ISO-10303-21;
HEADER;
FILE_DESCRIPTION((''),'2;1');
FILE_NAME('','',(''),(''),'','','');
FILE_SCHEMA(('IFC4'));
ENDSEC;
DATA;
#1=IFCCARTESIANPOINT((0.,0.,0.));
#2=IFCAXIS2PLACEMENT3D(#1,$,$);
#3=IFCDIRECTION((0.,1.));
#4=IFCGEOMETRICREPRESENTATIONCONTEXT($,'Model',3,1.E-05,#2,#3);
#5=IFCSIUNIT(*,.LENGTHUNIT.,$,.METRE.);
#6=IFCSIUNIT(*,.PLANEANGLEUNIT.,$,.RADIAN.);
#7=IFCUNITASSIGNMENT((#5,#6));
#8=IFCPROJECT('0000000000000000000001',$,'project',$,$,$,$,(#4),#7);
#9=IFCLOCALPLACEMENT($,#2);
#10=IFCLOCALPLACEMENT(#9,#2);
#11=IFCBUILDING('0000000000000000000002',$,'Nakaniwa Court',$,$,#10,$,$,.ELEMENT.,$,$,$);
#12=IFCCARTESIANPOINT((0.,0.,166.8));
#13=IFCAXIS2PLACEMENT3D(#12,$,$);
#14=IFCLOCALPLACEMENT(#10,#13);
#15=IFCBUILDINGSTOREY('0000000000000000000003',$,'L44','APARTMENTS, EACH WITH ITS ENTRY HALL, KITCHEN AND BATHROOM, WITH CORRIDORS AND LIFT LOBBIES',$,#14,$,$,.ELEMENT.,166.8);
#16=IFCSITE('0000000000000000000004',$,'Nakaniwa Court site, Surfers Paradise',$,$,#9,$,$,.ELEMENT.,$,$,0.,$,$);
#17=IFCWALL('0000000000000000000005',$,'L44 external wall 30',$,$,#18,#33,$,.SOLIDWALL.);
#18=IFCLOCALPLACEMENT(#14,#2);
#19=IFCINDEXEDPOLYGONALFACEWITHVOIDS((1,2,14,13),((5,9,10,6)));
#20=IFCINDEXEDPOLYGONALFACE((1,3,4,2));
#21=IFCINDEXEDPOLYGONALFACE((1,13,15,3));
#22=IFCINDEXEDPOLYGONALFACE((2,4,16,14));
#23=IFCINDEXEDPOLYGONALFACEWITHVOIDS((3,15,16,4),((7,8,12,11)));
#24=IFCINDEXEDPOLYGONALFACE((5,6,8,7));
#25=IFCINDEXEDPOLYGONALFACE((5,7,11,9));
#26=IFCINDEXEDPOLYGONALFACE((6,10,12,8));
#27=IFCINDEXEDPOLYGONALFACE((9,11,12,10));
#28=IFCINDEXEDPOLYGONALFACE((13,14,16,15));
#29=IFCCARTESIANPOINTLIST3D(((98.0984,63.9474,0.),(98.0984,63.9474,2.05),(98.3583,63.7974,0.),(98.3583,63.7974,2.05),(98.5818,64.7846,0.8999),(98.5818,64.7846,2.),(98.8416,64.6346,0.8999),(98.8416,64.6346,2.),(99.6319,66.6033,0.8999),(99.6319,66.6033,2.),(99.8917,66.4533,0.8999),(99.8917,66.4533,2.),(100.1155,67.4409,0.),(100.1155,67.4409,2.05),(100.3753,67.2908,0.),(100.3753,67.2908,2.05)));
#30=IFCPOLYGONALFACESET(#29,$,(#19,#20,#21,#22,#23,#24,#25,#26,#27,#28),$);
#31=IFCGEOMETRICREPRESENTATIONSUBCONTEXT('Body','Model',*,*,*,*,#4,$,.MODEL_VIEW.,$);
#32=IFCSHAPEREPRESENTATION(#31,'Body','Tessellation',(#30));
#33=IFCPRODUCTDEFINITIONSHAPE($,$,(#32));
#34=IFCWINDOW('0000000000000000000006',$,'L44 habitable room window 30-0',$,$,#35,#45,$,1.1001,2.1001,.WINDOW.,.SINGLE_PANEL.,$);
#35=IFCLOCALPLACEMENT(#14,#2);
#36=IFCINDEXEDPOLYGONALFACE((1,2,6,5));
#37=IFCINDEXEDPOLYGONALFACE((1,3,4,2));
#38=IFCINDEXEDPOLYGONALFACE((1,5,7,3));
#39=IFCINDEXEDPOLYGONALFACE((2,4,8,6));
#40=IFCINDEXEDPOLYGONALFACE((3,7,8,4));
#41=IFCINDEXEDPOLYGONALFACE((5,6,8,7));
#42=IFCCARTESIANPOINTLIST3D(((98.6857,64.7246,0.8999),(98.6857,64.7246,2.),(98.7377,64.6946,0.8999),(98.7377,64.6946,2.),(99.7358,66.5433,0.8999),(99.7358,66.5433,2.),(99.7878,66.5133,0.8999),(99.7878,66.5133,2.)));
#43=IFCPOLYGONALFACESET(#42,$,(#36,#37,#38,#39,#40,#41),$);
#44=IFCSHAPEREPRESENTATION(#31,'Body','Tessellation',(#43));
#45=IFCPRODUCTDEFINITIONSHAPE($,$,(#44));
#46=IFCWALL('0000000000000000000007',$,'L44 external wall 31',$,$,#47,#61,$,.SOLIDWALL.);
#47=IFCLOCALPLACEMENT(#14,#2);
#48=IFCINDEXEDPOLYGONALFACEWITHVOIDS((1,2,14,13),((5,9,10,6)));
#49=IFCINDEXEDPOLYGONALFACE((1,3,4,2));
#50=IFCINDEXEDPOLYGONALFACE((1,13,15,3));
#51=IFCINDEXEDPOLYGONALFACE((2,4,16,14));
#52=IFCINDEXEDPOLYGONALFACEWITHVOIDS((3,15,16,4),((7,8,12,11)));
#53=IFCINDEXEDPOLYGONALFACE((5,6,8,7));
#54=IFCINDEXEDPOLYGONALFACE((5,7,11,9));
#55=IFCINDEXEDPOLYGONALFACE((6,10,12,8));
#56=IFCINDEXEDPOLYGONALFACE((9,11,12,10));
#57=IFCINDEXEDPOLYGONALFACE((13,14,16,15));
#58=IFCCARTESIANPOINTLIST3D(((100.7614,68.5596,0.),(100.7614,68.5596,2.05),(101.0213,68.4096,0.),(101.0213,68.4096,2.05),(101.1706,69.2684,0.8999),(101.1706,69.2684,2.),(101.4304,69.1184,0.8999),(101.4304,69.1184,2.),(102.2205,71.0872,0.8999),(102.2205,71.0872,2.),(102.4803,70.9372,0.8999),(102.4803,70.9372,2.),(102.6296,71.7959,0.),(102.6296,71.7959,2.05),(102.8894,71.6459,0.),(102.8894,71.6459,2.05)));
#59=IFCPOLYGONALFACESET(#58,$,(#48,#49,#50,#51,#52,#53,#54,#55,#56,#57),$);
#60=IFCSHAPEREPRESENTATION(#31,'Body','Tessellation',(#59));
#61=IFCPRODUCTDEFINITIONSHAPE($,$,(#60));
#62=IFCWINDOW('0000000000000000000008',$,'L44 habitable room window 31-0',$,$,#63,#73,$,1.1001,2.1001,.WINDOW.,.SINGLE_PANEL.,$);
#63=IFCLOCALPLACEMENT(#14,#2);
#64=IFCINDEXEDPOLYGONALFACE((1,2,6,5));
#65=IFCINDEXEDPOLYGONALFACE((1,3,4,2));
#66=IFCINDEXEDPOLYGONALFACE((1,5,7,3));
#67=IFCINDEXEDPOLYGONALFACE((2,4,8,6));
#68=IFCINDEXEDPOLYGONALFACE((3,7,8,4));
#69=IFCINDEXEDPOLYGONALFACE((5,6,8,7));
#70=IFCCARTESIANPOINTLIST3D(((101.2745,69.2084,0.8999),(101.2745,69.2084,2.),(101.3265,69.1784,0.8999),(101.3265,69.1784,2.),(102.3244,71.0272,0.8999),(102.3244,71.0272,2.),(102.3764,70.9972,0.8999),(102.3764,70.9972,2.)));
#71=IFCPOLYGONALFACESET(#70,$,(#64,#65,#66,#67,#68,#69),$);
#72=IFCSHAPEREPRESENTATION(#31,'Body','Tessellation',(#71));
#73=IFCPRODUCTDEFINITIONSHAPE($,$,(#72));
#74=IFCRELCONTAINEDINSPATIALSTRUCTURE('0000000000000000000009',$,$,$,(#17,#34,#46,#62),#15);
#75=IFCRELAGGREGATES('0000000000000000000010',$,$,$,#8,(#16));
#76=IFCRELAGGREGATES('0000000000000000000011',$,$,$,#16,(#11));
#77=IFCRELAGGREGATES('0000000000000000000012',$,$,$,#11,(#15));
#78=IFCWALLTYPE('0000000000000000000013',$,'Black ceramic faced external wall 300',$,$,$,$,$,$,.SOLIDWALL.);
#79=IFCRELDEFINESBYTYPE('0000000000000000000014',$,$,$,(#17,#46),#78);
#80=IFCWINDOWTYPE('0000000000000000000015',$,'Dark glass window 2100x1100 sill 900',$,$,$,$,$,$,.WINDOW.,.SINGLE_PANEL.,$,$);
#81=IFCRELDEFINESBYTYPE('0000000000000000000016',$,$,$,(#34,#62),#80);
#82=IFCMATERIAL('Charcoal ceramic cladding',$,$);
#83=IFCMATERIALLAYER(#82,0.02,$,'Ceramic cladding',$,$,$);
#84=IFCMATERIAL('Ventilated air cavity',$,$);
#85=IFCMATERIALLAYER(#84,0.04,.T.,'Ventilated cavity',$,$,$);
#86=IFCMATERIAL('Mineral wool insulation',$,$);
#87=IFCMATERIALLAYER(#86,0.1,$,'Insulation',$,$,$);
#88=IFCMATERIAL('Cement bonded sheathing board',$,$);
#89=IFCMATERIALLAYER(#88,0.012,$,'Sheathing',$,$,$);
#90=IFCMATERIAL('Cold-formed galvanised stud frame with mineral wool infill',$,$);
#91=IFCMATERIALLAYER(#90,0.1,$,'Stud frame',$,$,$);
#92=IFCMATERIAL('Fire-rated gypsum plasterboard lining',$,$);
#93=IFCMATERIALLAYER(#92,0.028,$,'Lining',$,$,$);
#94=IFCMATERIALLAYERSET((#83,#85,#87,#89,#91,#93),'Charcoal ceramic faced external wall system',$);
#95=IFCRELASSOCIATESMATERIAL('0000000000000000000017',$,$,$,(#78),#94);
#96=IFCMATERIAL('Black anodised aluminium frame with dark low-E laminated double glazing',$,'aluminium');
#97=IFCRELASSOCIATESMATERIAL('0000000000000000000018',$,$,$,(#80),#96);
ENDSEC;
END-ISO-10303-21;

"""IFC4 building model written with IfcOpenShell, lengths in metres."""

from ifc_helpers import new_model, si_unit, direction, frame, frame_2d, origin, place, context, subcontext, project, spatial, rectangle, extrude, material, layer, layer_set, type_object, element, fill, save


model = new_model("IFC4")

# Units and contexts
model_context = context("Model", 3, precision=1e-05, world=origin(), true_north=direction((0.0, 1.0)))
body_context = subcontext(model_context, "Body", "Model", "MODEL_VIEW")
ifc_project = project(units=[si_unit("LENGTHUNIT", "METRE"), si_unit("PLANEANGLEUNIT", "RADIAN")], contexts=[model_context])

# Site, building, storey
site_placement = place(None, origin())
site = spatial("IfcSite", under=ifc_project, at=site_placement, Name="Nakaniwa Court site, Surfers Paradise", CompositionType="ELEMENT", RefElevation=0.0)
building_placement = place(site_placement, origin())
building = spatial("IfcBuilding", under=site, at=building_placement, Name="Nakaniwa Court", CompositionType="ELEMENT")
storey_placement = place(building_placement, frame((0.0, 0.0, 166.8)))
storey = spatial("IfcBuildingStorey", under=building, at=storey_placement, Name="L44", Description="APARTMENTS, EACH WITH ITS ENTRY HALL, KITCHEN AND BATHROOM, WITH CORRIDORS AND LIFT LOBBIES", CompositionType="ELEMENT", Elevation=166.8)

# Shared definitions
ifc_material_1 = material(Name="Charcoal ceramic cladding")
ifc_layer_1 = layer(ifc_material_1, 0.02, Name="Ceramic cladding")
ifc_material_2 = material(Name="Ventilated air cavity")
ifc_layer_2 = layer(ifc_material_2, 0.04, ventilated=True, Name="Ventilated cavity")
ifc_material_3 = material(Name="Mineral wool insulation")
ifc_layer_3 = layer(ifc_material_3, 0.1, Name="Insulation")
ifc_material_4 = material(Name="Cement bonded sheathing board")
ifc_layer_4 = layer(ifc_material_4, 0.012, Name="Sheathing")
ifc_material_5 = material(Name="Cold-formed galvanised stud frame with mineral wool infill")
ifc_layer_5 = layer(ifc_material_5, 0.1, Name="Stud frame")
ifc_material_6 = material(Name="Fire-rated gypsum plasterboard lining")
ifc_layer_6 = layer(ifc_material_6, 0.028, Name="Lining")
ifc_layer_set_1 = layer_set([ifc_layer_1, ifc_layer_2, ifc_layer_3, ifc_layer_4, ifc_layer_5, ifc_layer_6], Name="Charcoal ceramic faced external wall system")
wall_type_1 = type_object("IfcWallType", Name="Black ceramic faced external wall 300", PredefinedType="SOLIDWALL", material=ifc_layer_set_1)

# Walls, openings, windows
ifc_material_7 = material(Name="Black anodised aluminium frame with dark low-E laminated double glazing", Category="aluminium")
window_type_1 = type_object("IfcWindowType", Name="Dark glass window 2100x1100 sill 900", PartitioningType="SINGLE_PANEL", PredefinedType="WINDOW", material=ifc_material_7)
wall_1_placement = place(storey_placement, frame((98.2283, 63.8723, 0.0), z_axis=(0.0, 0.0, 1.0), x_axis=(0.500032, 0.866007, 0.0)))
wall_1 = element("IfcWall", 1, at=wall_1_placement, inside=storey, type_object=wall_type_1, Name="L44 external wall 30", PredefinedType="SOLIDWALL", context=body_context, shape_type="SweptSolid", body=[
    extrude(rectangle(XDim=4.0339, YDim=0.3, at=frame_2d((2.0171, 0.0))), origin(), (0.0, 0.0, 1.0), 2.05),
])
opening_1_placement = place(wall_1_placement, frame((0.9668, 0.0, 0.8999)))
opening_1 = element("IfcOpeningElement", 2, at=opening_1_placement, cuts=wall_1, PredefinedType="OPENING", context=body_context, shape_type="SweptSolid", body=[
    extrude(rectangle(XDim=2.1001, YDim=1.1001, at=frame_2d((1.05, 0.55))), frame((0.0, 0.1599, 0.0), z_axis=(0.0, -1.0, 0.0), x_axis=(1.0, 0.0, 0.0)), (0.0, 0.0, 1.0), 0.3201),
])
window_1_placement = place(opening_1_placement, origin())
window_1 = element("IfcWindow", 3, at=window_1_placement, inside=storey, type_object=window_type_1, Name="L44 habitable room window 30-0", OverallHeight=1.1001, OverallWidth=2.1001, PartitioningType="SINGLE_PANEL", PredefinedType="WINDOW", context=body_context, shape_type="SweptSolid", body=[
    extrude(rectangle(XDim=2.1001, YDim=1.1001, at=frame_2d((1.05, 0.55))), frame((0.0, 0.03, 0.0), z_axis=(0.0, -1.0, 0.0), x_axis=(1.0, 0.0, 0.0)), (0.0, 0.0, 1.0), 0.0601),
])
fill(opening_1, window_1)
wall_2_placement = place(storey_placement, frame((100.8914, 68.4846, 0.0), z_axis=(0.0, 0.0, 1.0), x_axis=(0.499934, 0.866064, 0.0)))
wall_2 = element("IfcWall", 4, at=wall_2_placement, inside=storey, type_object=wall_type_1, Name="L44 external wall 31", PredefinedType="SOLIDWALL", context=body_context, shape_type="SweptSolid", body=[
    extrude(rectangle(XDim=3.7368, YDim=0.3, at=frame_2d((1.8684, 0.0))), origin(), (0.0, 0.0, 1.0), 2.05),
])
opening_2_placement = place(wall_2_placement, frame((0.8184, 0.0, 0.8999)))
opening_2 = element("IfcOpeningElement", 5, at=opening_2_placement, cuts=wall_2, PredefinedType="OPENING", context=body_context, shape_type="SweptSolid", body=[
    extrude(rectangle(XDim=2.1001, YDim=1.1001, at=frame_2d((1.05, 0.55))), frame((0.0, 0.1599, 0.0), z_axis=(0.0, -1.0, 0.0), x_axis=(1.0, 0.0, 0.0)), (0.0, 0.0, 1.0), 0.3201),
])
window_2_placement = place(opening_2_placement, origin())
window_2 = element("IfcWindow", 6, at=window_2_placement, inside=storey, type_object=window_type_1, Name="L44 habitable room window 31-0", OverallHeight=1.1001, OverallWidth=2.1001, PartitioningType="SINGLE_PANEL", PredefinedType="WINDOW", context=body_context, shape_type="SweptSolid", body=[
    extrude(rectangle(XDim=2.1001, YDim=1.1001, at=frame_2d((1.05, 0.55))), frame((0.0, 0.03, 0.0), z_axis=(0.0, -1.0, 0.0), x_axis=(1.0, 0.0, 0.0)), (0.0, 0.0, 1.0), 0.0601),
])
fill(opening_2, window_2)

save(model, "model.ifc")
